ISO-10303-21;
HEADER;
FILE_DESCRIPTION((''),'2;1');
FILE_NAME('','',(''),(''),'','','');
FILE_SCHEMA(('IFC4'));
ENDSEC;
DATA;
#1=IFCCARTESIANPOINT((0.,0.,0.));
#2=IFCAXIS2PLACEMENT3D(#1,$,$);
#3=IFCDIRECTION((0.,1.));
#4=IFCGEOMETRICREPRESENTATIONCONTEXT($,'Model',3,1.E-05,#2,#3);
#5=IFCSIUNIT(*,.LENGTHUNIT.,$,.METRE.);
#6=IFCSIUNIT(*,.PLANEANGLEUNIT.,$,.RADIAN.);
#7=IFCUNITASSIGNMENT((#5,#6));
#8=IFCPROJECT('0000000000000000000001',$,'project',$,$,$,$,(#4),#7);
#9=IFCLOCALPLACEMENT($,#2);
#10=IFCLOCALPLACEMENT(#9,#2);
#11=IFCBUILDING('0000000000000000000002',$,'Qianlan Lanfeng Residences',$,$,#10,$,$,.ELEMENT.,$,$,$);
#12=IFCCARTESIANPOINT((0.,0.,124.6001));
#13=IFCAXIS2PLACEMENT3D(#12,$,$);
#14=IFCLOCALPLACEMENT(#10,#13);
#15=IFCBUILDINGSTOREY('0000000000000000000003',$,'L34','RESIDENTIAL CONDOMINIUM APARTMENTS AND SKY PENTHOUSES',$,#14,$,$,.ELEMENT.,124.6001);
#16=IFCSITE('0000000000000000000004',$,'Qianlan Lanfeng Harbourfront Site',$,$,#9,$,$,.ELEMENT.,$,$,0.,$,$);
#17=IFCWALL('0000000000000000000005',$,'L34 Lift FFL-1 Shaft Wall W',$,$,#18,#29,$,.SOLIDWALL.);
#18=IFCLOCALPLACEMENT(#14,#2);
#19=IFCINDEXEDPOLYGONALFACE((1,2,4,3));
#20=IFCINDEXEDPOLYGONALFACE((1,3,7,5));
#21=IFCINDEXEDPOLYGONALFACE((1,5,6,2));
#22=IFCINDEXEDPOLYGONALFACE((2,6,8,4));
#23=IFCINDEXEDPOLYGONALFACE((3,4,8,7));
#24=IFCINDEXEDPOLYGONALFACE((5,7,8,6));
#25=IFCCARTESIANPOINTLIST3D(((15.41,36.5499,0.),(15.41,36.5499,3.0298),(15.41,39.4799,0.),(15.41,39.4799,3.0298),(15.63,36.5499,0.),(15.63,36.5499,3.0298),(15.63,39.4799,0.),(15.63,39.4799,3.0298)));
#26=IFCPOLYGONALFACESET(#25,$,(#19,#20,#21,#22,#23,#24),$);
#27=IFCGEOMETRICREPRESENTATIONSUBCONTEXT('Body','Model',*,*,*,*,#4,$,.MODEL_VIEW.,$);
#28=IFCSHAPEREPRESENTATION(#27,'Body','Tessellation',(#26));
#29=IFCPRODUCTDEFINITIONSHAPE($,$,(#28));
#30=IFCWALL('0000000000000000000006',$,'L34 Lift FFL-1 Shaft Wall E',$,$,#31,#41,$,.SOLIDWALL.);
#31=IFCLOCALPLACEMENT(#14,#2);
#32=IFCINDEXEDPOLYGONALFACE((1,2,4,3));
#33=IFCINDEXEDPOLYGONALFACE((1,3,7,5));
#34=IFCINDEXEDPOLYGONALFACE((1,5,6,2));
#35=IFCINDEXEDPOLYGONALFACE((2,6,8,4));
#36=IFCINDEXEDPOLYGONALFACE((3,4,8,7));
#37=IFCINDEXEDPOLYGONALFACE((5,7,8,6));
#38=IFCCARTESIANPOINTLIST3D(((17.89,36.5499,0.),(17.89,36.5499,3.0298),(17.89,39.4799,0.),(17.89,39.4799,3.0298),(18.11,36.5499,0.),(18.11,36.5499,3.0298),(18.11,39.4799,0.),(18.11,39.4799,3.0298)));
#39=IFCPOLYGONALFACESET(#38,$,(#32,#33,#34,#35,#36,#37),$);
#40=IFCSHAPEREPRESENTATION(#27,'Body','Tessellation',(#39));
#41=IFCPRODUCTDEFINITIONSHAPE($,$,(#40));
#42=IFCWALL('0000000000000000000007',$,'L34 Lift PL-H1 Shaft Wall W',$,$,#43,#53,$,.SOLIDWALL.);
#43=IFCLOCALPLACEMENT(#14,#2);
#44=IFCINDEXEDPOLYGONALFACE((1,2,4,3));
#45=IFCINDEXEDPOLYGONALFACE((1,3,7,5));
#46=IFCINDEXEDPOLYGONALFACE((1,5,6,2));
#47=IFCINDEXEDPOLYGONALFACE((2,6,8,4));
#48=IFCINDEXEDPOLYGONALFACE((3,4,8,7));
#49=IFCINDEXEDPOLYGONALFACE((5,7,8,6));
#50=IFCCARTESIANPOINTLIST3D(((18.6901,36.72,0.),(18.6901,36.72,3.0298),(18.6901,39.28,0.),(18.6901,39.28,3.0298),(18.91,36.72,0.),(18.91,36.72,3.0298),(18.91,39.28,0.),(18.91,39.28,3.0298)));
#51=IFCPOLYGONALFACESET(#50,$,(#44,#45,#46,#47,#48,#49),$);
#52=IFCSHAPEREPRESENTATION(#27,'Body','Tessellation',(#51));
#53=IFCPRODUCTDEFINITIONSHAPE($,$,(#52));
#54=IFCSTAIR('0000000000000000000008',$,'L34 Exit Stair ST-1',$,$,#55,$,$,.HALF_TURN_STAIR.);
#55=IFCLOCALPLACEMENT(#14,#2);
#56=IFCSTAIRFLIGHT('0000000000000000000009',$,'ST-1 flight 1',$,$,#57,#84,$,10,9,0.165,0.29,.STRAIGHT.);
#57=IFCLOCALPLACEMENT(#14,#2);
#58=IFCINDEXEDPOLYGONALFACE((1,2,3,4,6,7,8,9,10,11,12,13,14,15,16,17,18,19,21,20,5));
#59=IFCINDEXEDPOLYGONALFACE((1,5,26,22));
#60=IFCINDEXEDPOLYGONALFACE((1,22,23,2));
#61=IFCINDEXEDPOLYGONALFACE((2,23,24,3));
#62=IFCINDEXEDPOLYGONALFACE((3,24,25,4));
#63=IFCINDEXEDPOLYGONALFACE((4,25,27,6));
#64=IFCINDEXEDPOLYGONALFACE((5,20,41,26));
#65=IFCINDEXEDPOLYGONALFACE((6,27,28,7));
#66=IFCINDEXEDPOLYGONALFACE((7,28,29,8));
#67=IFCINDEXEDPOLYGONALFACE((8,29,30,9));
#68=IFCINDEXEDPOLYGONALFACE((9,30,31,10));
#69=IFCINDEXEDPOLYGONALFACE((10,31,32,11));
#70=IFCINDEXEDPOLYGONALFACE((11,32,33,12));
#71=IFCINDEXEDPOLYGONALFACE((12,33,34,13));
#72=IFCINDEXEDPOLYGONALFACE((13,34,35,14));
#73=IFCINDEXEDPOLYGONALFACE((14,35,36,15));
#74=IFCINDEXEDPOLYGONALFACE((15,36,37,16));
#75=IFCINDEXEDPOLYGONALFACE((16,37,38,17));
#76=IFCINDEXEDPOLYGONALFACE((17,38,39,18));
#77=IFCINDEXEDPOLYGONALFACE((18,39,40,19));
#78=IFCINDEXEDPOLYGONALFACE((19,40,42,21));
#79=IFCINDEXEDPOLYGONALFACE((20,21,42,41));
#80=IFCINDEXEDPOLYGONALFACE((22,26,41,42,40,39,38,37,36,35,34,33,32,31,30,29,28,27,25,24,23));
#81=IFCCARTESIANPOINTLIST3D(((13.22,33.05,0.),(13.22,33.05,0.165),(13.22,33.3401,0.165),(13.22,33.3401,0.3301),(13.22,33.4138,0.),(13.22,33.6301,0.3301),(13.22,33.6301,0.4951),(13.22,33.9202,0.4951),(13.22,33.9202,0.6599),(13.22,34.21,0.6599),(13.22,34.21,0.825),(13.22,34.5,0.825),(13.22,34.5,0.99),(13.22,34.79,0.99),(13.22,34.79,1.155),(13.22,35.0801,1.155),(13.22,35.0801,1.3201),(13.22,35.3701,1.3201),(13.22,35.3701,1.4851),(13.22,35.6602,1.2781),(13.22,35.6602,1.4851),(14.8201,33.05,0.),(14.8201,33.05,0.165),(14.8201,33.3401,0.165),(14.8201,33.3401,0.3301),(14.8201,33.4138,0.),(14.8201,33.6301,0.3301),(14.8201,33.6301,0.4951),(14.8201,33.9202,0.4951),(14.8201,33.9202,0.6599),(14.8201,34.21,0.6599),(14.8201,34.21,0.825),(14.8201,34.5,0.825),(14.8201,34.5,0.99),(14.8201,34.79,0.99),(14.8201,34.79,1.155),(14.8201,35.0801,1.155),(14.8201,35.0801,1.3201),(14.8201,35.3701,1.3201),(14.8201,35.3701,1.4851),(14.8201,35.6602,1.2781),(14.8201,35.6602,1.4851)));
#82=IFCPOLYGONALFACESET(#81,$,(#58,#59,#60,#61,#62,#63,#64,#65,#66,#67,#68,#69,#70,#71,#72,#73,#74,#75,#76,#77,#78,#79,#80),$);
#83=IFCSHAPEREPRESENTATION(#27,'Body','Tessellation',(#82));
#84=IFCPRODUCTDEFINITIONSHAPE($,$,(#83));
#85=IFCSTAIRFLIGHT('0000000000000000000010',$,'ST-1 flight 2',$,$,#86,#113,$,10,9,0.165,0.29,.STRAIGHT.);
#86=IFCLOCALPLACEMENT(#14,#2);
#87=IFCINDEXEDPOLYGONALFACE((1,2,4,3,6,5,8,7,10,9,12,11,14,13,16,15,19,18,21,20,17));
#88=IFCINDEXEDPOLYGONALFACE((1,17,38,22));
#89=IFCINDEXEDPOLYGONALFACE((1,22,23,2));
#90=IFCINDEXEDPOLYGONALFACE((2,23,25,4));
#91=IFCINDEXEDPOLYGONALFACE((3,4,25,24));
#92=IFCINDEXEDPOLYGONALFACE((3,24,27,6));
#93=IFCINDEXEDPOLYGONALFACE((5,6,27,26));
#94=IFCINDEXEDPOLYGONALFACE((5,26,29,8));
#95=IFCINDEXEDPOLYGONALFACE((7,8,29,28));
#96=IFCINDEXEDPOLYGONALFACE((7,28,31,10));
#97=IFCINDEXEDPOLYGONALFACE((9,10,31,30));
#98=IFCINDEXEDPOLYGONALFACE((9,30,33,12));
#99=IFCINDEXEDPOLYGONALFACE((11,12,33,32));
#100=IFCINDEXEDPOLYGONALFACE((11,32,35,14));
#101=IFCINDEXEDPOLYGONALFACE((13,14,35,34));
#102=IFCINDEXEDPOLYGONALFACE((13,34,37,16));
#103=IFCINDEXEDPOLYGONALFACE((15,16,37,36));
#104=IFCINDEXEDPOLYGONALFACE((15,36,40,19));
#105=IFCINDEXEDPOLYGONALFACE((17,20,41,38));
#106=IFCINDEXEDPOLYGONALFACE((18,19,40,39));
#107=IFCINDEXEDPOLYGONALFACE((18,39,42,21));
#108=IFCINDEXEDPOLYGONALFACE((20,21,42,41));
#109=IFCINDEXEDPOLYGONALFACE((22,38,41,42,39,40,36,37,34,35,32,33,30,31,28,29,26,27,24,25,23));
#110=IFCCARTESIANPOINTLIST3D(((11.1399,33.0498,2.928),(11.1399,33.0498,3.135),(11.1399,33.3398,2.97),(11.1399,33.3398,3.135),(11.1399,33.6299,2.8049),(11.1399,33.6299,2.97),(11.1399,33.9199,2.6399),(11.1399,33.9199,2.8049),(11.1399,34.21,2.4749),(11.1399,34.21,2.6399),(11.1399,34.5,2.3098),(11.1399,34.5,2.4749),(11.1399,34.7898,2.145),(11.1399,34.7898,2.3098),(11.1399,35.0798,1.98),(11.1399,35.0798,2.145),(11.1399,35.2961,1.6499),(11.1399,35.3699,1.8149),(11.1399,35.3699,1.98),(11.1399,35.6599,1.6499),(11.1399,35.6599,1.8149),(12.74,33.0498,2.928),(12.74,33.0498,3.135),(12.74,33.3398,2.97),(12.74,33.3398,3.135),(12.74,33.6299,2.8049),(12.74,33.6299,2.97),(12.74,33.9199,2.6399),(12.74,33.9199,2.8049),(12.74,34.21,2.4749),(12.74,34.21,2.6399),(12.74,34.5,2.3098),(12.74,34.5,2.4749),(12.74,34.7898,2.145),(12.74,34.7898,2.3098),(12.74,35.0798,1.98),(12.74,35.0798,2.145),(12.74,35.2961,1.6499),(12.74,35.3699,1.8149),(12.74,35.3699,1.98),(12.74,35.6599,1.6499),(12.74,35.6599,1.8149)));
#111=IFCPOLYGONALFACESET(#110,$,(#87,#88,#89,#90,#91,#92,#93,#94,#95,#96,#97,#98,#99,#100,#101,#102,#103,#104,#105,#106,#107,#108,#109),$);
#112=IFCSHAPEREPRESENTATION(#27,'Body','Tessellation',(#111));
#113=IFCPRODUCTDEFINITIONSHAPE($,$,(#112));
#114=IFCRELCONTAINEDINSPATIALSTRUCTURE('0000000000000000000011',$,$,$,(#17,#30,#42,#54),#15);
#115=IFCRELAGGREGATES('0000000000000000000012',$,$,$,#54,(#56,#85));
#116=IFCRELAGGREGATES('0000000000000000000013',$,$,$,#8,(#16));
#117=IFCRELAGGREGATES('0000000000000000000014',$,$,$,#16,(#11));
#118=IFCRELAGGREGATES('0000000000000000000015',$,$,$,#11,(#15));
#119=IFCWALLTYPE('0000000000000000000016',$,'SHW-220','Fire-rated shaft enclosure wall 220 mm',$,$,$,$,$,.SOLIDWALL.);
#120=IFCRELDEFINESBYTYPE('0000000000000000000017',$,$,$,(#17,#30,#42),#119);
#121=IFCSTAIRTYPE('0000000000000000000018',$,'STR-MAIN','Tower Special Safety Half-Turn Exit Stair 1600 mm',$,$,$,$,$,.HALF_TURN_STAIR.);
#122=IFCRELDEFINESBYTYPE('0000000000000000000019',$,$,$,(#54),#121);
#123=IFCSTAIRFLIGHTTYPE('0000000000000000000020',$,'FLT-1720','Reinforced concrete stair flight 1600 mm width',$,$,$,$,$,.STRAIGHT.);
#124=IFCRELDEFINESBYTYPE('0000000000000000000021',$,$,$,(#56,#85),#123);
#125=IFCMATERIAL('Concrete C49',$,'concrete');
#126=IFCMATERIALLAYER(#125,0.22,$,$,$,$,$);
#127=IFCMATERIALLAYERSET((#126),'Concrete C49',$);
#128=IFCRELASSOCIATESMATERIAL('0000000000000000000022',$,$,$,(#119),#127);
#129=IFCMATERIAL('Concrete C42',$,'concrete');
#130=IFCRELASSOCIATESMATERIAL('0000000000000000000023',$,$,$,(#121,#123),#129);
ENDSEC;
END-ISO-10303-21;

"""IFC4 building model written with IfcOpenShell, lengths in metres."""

from ifc_helpers import new_model, si_unit, direction, frame, frame_2d, origin, place, context, subcontext, project, spatial, polyline, rectangle, outline, extrude, material, layer, layer_set, type_object, element, aggregate, save


model = new_model("IFC4")

# Units and contexts
model_context = context("Model", 3, precision=1e-05, world=origin(), true_north=direction((0.0, 1.0)))
body_context = subcontext(model_context, "Body", "Model", "MODEL_VIEW")
ifc_project = project(units=[si_unit("LENGTHUNIT", "METRE"), si_unit("PLANEANGLEUNIT", "RADIAN")], contexts=[model_context])

# Site, building, storey
site_placement = place(None, origin())
site = spatial("IfcSite", under=ifc_project, at=site_placement, Name="Qianlan Lanfeng Harbourfront Site", CompositionType="ELEMENT", RefElevation=0.0)
building_placement = place(site_placement, origin())
building = spatial("IfcBuilding", under=site, at=building_placement, Name="Qianlan Lanfeng Residences", CompositionType="ELEMENT")
storey_placement = place(building_placement, frame((0.0, 0.0, 124.6001)))
storey = spatial("IfcBuildingStorey", under=building, at=storey_placement, Name="L34", Description="RESIDENTIAL CONDOMINIUM APARTMENTS AND SKY PENTHOUSES", CompositionType="ELEMENT", Elevation=124.6001)

# Walls
ifc_material_1 = material(Name="Concrete C49", Category="concrete")
ifc_layer_1 = layer(ifc_material_1, 0.22)
ifc_layer_set_1 = layer_set([ifc_layer_1], Name="Concrete C49")
wall_type_1 = type_object("IfcWallType", Name="SHW-220", Description="Fire-rated shaft enclosure wall 220 mm", PredefinedType="SOLIDWALL", material=ifc_layer_set_1)
for number, where, z_axis, x_axis, name in (
    (1, (15.52, 36.55, 0.0), (0.0, 0.0, 1.0), (0.0, 1.0, 0.0), "L34 Lift FFL-1 Shaft Wall W"),
    (2, (18.0, 36.55, 0.0), (0.0, 0.0, 1.0), (0.0, 1.0, 0.0), "L34 Lift FFL-1 Shaft Wall E"),
):
    element("IfcWall", number, at=place(storey_placement, frame(where, z_axis=z_axis, x_axis=x_axis)), inside=storey, type_object=wall_type_1, Name=name, PredefinedType="SOLIDWALL", context=body_context, shape_type="SweptSolid", body=[
        extrude(rectangle(XDim=2.9299, YDim=0.22, at=frame_2d((1.4648, 0.0))), origin(), (0.0, 0.0, 1.0), 3.0298),
    ])
wall_1_placement = place(storey_placement, frame((18.8, 36.72, 0.0), z_axis=(0.0, 0.0, 1.0), x_axis=(0.0, 1.0, 0.0)))
element("IfcWall", 3, at=wall_1_placement, inside=storey, type_object=wall_type_1, Name="L34 Lift PL-H1 Shaft Wall W", PredefinedType="SOLIDWALL", context=body_context, shape_type="SweptSolid", body=[
    extrude(rectangle(XDim=2.5601, YDim=0.22, at=frame_2d((1.28, 0.0))), origin(), (0.0, 0.0, 1.0), 3.0298),
])

# Stair, stair flights
ifc_material_2 = material(Name="Concrete C42", Category="concrete")
stair_type = type_object("IfcStairType", Name="STR-MAIN", Description="Tower Special Safety Half-Turn Exit Stair 1600 mm", PredefinedType="HALF_TURN_STAIR", material=ifc_material_2)
stair_placement = place(storey_placement, origin())
stair = element("IfcStair", 4, at=stair_placement, inside=storey, type_object=stair_type, Name="L34 Exit Stair ST-1", PredefinedType="HALF_TURN_STAIR")
stair_flight_type = type_object("IfcStairFlightType", Name="FLT-1720", Description="Reinforced concrete stair flight 1600 mm width", PredefinedType="STRAIGHT", material=ifc_material_2)
stair_flight_1_placement = place(storey_placement, frame((14.02, 33.05, 0.0), z_axis=(0.0, 0.0, 1.0), x_axis=(0.0, 1.0, 0.0)))
stair_flight_1 = element("IfcStairFlight", 5, at=stair_flight_1_placement, type_object=stair_flight_type, Name="ST-1 flight 1", NumberOfRisers=10, NumberOfTreads=9, PredefinedType="STRAIGHT", RiserHeight=0.165, TreadLength=0.29, context=body_context, shape_type="SweptSolid", body=[
    extrude(outline(polyline([(0.0, 0.0), (0.0, 0.165), (0.29, 0.165), (0.29, 0.3301), (0.5801, 0.3301), (0.5801, 0.4951), (0.8701, 0.4951), (0.8701, 0.6599), (1.1599, 0.6599), (1.1599, 0.825), (1.45, 0.825), (1.45, 0.99), (1.74, 0.99), (1.74, 1.155), (2.03, 1.155), (2.03, 1.3201), (2.3201, 1.3201), (2.3201, 1.4851), (2.6101, 1.4851), (2.6101, 1.6499), (2.6101, 1.2781), (0.3638, 0.0), (0.0, 0.0)])), frame((0.0, 0.8, 0.0), z_axis=(0.0, -1.0, 0.0), x_axis=(1.0, 0.0, 0.0)), (0.0, 0.0, 1.0), 1.6001),
])
stair_flight_2_placement = place(storey_placement, frame((11.9399, 35.6599, 1.6499), z_axis=(0.0, 0.0, 1.0), x_axis=(0.0, -1.0, 0.0)))
stair_flight_2 = element("IfcStairFlight", 6, at=stair_flight_2_placement, type_object=stair_flight_type, Name="ST-1 flight 2", NumberOfRisers=10, NumberOfTreads=9, PredefinedType="STRAIGHT", RiserHeight=0.165, TreadLength=0.29, context=body_context, shape_type="SweptSolid", body=[
    extrude(outline(polyline([(0.0, 0.0), (0.0, 0.165), (0.29, 0.165), (0.29, 0.3301), (0.5801, 0.3301), (0.5801, 0.4951), (0.8701, 0.4951), (0.8701, 0.6599), (1.1599, 0.6599), (1.1599, 0.825), (1.45, 0.825), (1.45, 0.99), (1.74, 0.99), (1.74, 1.155), (2.03, 1.155), (2.03, 1.3201), (2.3201, 1.3201), (2.3201, 1.4851), (2.6101, 1.4851), (2.6101, 1.6499), (2.6101, 1.2781), (0.3638, 0.0), (0.0, 0.0)])), frame((0.0, 0.8, 0.0), z_axis=(0.0, -1.0, 0.0), x_axis=(1.0, 0.0, 0.0)), (0.0, 0.0, 1.0), 1.6001),
])
aggregate(stair, [stair_flight_1, stair_flight_2])

save(model, "model.ifc")
